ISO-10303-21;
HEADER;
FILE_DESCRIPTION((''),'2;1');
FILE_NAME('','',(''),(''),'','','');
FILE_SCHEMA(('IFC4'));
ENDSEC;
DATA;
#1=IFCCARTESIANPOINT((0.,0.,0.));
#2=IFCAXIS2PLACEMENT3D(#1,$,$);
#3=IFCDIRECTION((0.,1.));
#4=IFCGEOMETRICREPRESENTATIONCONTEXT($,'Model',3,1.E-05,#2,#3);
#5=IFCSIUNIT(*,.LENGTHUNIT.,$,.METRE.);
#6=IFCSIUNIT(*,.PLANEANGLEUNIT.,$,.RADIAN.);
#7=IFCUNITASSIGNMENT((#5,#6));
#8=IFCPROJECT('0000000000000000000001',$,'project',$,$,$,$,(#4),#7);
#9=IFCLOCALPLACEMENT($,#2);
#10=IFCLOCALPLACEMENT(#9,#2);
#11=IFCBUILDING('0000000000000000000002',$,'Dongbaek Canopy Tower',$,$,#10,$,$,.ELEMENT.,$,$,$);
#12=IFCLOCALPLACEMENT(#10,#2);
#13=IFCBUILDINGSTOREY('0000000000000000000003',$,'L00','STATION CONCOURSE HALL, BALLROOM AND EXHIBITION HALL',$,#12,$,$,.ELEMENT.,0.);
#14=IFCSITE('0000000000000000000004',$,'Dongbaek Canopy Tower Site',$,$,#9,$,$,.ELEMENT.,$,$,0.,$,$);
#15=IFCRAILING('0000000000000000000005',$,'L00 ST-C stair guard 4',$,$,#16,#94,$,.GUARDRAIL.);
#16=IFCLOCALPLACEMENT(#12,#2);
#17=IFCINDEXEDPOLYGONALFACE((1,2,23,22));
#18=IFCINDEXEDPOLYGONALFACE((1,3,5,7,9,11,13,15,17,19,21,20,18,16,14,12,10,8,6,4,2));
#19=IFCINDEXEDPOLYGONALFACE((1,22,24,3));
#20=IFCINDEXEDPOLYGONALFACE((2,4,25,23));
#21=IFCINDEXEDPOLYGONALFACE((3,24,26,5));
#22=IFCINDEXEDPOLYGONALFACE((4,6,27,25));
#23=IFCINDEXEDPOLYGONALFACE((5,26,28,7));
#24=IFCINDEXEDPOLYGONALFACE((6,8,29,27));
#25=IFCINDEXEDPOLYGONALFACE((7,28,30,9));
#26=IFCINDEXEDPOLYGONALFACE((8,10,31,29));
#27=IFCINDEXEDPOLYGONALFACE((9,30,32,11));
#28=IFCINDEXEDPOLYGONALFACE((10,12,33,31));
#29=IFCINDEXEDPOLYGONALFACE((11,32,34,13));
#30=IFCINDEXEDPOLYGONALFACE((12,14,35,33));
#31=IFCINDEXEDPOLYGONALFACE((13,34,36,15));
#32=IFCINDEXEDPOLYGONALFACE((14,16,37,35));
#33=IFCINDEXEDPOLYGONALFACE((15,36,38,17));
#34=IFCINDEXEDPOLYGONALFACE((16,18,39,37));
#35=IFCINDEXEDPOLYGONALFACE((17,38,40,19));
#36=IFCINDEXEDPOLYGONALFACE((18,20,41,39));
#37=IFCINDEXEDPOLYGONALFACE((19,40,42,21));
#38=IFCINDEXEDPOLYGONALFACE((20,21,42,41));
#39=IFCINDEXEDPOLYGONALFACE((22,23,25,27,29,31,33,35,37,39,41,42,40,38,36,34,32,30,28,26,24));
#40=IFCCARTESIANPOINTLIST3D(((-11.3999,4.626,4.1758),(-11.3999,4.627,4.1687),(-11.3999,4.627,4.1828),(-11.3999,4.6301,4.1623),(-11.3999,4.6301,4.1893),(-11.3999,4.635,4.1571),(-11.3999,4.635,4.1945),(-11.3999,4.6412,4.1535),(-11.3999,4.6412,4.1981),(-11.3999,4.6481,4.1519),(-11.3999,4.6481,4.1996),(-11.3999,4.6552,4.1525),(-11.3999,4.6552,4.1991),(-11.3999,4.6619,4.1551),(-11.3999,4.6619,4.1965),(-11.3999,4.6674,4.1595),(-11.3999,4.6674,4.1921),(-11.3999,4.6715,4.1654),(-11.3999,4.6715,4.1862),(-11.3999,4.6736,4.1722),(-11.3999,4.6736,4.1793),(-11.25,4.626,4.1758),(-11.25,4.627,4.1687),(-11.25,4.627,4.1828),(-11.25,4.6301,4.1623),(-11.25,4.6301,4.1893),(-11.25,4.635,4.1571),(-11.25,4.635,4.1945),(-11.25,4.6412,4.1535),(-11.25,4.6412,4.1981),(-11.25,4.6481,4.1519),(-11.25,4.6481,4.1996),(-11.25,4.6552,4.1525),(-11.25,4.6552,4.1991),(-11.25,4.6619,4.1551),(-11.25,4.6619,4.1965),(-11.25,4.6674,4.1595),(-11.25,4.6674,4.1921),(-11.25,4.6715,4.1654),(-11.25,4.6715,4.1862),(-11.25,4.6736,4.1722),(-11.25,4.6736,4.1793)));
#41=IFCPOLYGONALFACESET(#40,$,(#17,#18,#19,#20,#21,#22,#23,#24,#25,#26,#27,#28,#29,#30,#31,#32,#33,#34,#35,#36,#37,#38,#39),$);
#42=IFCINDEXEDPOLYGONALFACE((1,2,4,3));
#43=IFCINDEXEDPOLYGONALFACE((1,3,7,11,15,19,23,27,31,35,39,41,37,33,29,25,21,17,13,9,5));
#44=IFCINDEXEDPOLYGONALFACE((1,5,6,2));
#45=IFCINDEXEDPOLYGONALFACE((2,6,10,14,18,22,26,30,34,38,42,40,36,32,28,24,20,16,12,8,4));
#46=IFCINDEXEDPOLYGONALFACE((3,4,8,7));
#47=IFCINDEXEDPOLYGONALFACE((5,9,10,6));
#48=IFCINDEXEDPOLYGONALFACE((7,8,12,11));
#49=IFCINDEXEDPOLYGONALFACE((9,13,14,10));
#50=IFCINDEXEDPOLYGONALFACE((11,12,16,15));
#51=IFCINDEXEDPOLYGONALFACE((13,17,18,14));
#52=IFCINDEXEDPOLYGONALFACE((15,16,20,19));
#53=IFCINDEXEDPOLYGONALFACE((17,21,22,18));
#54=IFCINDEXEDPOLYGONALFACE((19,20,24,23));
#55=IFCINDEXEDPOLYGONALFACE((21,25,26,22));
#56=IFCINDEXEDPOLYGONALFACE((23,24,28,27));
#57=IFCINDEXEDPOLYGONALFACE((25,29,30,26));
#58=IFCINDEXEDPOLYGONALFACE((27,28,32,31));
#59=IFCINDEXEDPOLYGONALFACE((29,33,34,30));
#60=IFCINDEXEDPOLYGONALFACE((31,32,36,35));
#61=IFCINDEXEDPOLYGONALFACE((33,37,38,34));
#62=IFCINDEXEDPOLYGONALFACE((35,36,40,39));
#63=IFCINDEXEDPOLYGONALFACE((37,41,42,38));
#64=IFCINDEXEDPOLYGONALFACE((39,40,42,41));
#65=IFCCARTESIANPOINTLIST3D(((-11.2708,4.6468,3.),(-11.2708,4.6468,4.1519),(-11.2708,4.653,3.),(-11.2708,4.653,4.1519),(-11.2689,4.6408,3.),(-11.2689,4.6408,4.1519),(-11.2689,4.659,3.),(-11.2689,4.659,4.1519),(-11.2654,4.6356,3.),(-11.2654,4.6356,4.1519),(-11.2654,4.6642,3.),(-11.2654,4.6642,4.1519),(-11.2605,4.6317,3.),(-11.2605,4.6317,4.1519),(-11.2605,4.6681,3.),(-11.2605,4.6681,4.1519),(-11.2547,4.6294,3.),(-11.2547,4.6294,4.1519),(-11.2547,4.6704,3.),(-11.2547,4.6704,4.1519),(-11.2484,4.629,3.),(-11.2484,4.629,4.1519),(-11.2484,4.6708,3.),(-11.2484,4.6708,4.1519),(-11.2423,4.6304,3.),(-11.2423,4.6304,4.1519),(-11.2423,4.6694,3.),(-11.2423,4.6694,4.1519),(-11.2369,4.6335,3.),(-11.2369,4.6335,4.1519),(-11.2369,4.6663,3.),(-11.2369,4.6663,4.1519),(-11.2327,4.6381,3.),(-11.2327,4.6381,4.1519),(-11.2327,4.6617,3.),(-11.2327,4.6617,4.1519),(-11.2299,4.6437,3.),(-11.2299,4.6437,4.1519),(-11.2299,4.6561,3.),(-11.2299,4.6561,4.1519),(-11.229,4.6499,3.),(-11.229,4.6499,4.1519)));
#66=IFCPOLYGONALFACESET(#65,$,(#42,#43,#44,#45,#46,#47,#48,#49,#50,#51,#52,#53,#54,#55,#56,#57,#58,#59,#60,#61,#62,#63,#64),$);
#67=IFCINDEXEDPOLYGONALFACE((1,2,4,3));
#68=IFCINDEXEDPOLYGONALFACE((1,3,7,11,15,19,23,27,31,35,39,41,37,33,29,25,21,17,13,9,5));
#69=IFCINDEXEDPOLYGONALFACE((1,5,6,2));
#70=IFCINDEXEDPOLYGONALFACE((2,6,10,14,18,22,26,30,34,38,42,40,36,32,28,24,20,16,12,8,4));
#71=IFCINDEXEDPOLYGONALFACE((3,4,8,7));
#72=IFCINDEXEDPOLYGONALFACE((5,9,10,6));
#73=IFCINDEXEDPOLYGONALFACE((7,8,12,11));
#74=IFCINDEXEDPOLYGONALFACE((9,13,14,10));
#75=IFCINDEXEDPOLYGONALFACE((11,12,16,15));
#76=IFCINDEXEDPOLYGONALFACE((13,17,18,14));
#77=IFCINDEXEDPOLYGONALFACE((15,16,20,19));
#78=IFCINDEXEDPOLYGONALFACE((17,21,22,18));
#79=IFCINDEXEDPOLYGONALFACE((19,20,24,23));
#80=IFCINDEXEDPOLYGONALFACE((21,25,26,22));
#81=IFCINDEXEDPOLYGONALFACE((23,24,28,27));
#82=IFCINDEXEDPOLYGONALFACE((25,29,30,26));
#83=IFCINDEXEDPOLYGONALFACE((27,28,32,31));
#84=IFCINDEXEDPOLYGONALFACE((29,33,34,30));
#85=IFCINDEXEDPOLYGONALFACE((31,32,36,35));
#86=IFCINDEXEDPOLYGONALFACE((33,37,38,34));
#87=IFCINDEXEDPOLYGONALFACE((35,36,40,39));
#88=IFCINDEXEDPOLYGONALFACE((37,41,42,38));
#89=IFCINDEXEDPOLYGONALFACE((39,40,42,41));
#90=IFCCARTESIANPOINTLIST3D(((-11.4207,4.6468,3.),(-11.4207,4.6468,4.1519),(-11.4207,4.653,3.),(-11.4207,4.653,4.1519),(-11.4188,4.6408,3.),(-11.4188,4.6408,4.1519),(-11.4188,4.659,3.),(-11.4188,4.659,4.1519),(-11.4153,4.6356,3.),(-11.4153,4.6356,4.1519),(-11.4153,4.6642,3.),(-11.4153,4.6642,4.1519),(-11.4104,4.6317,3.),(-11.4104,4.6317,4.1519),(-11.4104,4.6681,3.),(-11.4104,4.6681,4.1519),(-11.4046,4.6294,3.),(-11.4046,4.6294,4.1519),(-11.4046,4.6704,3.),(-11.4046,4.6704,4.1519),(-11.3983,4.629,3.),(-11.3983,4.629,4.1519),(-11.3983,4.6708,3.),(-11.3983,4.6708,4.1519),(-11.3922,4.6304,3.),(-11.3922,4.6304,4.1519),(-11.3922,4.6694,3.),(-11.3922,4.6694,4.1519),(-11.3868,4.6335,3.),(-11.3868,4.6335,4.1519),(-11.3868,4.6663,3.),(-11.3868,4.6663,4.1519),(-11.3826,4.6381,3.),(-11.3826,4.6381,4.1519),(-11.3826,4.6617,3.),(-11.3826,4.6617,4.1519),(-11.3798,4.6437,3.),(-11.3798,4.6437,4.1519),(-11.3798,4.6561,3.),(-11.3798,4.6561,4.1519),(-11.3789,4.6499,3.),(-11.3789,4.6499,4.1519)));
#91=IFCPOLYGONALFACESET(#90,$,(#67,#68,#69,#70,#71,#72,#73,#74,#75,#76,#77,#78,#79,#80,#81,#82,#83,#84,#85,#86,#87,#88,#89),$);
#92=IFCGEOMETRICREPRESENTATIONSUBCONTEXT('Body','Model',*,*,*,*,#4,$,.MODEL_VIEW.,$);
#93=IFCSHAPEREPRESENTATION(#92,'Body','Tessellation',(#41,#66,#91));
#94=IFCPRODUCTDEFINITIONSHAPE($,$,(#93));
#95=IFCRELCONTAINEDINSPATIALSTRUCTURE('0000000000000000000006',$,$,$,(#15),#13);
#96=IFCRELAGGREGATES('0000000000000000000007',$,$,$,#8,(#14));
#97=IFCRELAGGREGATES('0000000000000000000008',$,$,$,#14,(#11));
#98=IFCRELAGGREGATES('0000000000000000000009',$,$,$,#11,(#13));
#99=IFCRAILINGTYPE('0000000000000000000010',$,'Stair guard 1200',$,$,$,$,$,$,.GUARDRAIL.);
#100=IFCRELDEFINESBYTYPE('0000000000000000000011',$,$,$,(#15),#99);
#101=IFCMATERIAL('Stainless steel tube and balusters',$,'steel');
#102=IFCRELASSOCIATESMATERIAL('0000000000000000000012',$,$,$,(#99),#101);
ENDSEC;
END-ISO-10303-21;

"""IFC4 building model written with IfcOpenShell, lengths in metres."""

from ifc_helpers import new_model, si_unit, direction, frame, origin, origin_2d, place, context, subcontext, project, spatial, circle, extrude, material, type_object, element, save


model = new_model("IFC4")

# Units and contexts
model_context = context("Model", 3, precision=1e-05, world=origin(), true_north=direction((0.0, 1.0)))
body_context = subcontext(model_context, "Body", "Model", "MODEL_VIEW")
ifc_project = project(units=[si_unit("LENGTHUNIT", "METRE"), si_unit("PLANEANGLEUNIT", "RADIAN")], contexts=[model_context])

# Site, building, storey
site_placement = place(None, origin())
site = spatial("IfcSite", under=ifc_project, at=site_placement, Name="Dongbaek Canopy Tower Site", CompositionType="ELEMENT", RefElevation=0.0)
building_placement = place(site_placement, origin())
building = spatial("IfcBuilding", under=site, at=building_placement, Name="Dongbaek Canopy Tower", CompositionType="ELEMENT")
storey_placement = place(building_placement, origin())
storey = spatial("IfcBuildingStorey", under=building, at=storey_placement, Name="L00", Description="STATION CONCOURSE HALL, BALLROOM AND EXHIBITION HALL", CompositionType="ELEMENT", Elevation=0.0)

# Railing
ifc_material_1 = material(Name="Stainless steel tube and balusters", Category="steel")
railing_type_1 = type_object("IfcRailingType", Name="Stair guard 1200", PredefinedType="GUARDRAIL", material=ifc_material_1)
railing_1_placement = place(storey_placement, frame((-11.25, 4.6499, 3.0)))
element("IfcRailing", 1, at=railing_1_placement, inside=storey, type_object=railing_type_1, Name="L00 ST-C stair guard 4", PredefinedType="GUARDRAIL", context=body_context, shape_type="SweptSolid", body=[
    extrude(circle(Radius=0.0239, at=origin_2d()), frame((0.0, 0.0, 1.1758), z_axis=(-1.0, 0.0, 0.0), x_axis=(0.0, -1.0, 0.0)), (0.0, 0.0, 1.0), 0.1499),
    extrude(circle(Radius=0.021, at=origin_2d()), origin(), (0.0, 0.0, 1.0), 1.1519),
    extrude(circle(Radius=0.021, at=origin_2d()), frame((-0.1499, 0.0, 0.0)), (0.0, 0.0, 1.0), 1.1519),
])

save(model, "model.ifc")
